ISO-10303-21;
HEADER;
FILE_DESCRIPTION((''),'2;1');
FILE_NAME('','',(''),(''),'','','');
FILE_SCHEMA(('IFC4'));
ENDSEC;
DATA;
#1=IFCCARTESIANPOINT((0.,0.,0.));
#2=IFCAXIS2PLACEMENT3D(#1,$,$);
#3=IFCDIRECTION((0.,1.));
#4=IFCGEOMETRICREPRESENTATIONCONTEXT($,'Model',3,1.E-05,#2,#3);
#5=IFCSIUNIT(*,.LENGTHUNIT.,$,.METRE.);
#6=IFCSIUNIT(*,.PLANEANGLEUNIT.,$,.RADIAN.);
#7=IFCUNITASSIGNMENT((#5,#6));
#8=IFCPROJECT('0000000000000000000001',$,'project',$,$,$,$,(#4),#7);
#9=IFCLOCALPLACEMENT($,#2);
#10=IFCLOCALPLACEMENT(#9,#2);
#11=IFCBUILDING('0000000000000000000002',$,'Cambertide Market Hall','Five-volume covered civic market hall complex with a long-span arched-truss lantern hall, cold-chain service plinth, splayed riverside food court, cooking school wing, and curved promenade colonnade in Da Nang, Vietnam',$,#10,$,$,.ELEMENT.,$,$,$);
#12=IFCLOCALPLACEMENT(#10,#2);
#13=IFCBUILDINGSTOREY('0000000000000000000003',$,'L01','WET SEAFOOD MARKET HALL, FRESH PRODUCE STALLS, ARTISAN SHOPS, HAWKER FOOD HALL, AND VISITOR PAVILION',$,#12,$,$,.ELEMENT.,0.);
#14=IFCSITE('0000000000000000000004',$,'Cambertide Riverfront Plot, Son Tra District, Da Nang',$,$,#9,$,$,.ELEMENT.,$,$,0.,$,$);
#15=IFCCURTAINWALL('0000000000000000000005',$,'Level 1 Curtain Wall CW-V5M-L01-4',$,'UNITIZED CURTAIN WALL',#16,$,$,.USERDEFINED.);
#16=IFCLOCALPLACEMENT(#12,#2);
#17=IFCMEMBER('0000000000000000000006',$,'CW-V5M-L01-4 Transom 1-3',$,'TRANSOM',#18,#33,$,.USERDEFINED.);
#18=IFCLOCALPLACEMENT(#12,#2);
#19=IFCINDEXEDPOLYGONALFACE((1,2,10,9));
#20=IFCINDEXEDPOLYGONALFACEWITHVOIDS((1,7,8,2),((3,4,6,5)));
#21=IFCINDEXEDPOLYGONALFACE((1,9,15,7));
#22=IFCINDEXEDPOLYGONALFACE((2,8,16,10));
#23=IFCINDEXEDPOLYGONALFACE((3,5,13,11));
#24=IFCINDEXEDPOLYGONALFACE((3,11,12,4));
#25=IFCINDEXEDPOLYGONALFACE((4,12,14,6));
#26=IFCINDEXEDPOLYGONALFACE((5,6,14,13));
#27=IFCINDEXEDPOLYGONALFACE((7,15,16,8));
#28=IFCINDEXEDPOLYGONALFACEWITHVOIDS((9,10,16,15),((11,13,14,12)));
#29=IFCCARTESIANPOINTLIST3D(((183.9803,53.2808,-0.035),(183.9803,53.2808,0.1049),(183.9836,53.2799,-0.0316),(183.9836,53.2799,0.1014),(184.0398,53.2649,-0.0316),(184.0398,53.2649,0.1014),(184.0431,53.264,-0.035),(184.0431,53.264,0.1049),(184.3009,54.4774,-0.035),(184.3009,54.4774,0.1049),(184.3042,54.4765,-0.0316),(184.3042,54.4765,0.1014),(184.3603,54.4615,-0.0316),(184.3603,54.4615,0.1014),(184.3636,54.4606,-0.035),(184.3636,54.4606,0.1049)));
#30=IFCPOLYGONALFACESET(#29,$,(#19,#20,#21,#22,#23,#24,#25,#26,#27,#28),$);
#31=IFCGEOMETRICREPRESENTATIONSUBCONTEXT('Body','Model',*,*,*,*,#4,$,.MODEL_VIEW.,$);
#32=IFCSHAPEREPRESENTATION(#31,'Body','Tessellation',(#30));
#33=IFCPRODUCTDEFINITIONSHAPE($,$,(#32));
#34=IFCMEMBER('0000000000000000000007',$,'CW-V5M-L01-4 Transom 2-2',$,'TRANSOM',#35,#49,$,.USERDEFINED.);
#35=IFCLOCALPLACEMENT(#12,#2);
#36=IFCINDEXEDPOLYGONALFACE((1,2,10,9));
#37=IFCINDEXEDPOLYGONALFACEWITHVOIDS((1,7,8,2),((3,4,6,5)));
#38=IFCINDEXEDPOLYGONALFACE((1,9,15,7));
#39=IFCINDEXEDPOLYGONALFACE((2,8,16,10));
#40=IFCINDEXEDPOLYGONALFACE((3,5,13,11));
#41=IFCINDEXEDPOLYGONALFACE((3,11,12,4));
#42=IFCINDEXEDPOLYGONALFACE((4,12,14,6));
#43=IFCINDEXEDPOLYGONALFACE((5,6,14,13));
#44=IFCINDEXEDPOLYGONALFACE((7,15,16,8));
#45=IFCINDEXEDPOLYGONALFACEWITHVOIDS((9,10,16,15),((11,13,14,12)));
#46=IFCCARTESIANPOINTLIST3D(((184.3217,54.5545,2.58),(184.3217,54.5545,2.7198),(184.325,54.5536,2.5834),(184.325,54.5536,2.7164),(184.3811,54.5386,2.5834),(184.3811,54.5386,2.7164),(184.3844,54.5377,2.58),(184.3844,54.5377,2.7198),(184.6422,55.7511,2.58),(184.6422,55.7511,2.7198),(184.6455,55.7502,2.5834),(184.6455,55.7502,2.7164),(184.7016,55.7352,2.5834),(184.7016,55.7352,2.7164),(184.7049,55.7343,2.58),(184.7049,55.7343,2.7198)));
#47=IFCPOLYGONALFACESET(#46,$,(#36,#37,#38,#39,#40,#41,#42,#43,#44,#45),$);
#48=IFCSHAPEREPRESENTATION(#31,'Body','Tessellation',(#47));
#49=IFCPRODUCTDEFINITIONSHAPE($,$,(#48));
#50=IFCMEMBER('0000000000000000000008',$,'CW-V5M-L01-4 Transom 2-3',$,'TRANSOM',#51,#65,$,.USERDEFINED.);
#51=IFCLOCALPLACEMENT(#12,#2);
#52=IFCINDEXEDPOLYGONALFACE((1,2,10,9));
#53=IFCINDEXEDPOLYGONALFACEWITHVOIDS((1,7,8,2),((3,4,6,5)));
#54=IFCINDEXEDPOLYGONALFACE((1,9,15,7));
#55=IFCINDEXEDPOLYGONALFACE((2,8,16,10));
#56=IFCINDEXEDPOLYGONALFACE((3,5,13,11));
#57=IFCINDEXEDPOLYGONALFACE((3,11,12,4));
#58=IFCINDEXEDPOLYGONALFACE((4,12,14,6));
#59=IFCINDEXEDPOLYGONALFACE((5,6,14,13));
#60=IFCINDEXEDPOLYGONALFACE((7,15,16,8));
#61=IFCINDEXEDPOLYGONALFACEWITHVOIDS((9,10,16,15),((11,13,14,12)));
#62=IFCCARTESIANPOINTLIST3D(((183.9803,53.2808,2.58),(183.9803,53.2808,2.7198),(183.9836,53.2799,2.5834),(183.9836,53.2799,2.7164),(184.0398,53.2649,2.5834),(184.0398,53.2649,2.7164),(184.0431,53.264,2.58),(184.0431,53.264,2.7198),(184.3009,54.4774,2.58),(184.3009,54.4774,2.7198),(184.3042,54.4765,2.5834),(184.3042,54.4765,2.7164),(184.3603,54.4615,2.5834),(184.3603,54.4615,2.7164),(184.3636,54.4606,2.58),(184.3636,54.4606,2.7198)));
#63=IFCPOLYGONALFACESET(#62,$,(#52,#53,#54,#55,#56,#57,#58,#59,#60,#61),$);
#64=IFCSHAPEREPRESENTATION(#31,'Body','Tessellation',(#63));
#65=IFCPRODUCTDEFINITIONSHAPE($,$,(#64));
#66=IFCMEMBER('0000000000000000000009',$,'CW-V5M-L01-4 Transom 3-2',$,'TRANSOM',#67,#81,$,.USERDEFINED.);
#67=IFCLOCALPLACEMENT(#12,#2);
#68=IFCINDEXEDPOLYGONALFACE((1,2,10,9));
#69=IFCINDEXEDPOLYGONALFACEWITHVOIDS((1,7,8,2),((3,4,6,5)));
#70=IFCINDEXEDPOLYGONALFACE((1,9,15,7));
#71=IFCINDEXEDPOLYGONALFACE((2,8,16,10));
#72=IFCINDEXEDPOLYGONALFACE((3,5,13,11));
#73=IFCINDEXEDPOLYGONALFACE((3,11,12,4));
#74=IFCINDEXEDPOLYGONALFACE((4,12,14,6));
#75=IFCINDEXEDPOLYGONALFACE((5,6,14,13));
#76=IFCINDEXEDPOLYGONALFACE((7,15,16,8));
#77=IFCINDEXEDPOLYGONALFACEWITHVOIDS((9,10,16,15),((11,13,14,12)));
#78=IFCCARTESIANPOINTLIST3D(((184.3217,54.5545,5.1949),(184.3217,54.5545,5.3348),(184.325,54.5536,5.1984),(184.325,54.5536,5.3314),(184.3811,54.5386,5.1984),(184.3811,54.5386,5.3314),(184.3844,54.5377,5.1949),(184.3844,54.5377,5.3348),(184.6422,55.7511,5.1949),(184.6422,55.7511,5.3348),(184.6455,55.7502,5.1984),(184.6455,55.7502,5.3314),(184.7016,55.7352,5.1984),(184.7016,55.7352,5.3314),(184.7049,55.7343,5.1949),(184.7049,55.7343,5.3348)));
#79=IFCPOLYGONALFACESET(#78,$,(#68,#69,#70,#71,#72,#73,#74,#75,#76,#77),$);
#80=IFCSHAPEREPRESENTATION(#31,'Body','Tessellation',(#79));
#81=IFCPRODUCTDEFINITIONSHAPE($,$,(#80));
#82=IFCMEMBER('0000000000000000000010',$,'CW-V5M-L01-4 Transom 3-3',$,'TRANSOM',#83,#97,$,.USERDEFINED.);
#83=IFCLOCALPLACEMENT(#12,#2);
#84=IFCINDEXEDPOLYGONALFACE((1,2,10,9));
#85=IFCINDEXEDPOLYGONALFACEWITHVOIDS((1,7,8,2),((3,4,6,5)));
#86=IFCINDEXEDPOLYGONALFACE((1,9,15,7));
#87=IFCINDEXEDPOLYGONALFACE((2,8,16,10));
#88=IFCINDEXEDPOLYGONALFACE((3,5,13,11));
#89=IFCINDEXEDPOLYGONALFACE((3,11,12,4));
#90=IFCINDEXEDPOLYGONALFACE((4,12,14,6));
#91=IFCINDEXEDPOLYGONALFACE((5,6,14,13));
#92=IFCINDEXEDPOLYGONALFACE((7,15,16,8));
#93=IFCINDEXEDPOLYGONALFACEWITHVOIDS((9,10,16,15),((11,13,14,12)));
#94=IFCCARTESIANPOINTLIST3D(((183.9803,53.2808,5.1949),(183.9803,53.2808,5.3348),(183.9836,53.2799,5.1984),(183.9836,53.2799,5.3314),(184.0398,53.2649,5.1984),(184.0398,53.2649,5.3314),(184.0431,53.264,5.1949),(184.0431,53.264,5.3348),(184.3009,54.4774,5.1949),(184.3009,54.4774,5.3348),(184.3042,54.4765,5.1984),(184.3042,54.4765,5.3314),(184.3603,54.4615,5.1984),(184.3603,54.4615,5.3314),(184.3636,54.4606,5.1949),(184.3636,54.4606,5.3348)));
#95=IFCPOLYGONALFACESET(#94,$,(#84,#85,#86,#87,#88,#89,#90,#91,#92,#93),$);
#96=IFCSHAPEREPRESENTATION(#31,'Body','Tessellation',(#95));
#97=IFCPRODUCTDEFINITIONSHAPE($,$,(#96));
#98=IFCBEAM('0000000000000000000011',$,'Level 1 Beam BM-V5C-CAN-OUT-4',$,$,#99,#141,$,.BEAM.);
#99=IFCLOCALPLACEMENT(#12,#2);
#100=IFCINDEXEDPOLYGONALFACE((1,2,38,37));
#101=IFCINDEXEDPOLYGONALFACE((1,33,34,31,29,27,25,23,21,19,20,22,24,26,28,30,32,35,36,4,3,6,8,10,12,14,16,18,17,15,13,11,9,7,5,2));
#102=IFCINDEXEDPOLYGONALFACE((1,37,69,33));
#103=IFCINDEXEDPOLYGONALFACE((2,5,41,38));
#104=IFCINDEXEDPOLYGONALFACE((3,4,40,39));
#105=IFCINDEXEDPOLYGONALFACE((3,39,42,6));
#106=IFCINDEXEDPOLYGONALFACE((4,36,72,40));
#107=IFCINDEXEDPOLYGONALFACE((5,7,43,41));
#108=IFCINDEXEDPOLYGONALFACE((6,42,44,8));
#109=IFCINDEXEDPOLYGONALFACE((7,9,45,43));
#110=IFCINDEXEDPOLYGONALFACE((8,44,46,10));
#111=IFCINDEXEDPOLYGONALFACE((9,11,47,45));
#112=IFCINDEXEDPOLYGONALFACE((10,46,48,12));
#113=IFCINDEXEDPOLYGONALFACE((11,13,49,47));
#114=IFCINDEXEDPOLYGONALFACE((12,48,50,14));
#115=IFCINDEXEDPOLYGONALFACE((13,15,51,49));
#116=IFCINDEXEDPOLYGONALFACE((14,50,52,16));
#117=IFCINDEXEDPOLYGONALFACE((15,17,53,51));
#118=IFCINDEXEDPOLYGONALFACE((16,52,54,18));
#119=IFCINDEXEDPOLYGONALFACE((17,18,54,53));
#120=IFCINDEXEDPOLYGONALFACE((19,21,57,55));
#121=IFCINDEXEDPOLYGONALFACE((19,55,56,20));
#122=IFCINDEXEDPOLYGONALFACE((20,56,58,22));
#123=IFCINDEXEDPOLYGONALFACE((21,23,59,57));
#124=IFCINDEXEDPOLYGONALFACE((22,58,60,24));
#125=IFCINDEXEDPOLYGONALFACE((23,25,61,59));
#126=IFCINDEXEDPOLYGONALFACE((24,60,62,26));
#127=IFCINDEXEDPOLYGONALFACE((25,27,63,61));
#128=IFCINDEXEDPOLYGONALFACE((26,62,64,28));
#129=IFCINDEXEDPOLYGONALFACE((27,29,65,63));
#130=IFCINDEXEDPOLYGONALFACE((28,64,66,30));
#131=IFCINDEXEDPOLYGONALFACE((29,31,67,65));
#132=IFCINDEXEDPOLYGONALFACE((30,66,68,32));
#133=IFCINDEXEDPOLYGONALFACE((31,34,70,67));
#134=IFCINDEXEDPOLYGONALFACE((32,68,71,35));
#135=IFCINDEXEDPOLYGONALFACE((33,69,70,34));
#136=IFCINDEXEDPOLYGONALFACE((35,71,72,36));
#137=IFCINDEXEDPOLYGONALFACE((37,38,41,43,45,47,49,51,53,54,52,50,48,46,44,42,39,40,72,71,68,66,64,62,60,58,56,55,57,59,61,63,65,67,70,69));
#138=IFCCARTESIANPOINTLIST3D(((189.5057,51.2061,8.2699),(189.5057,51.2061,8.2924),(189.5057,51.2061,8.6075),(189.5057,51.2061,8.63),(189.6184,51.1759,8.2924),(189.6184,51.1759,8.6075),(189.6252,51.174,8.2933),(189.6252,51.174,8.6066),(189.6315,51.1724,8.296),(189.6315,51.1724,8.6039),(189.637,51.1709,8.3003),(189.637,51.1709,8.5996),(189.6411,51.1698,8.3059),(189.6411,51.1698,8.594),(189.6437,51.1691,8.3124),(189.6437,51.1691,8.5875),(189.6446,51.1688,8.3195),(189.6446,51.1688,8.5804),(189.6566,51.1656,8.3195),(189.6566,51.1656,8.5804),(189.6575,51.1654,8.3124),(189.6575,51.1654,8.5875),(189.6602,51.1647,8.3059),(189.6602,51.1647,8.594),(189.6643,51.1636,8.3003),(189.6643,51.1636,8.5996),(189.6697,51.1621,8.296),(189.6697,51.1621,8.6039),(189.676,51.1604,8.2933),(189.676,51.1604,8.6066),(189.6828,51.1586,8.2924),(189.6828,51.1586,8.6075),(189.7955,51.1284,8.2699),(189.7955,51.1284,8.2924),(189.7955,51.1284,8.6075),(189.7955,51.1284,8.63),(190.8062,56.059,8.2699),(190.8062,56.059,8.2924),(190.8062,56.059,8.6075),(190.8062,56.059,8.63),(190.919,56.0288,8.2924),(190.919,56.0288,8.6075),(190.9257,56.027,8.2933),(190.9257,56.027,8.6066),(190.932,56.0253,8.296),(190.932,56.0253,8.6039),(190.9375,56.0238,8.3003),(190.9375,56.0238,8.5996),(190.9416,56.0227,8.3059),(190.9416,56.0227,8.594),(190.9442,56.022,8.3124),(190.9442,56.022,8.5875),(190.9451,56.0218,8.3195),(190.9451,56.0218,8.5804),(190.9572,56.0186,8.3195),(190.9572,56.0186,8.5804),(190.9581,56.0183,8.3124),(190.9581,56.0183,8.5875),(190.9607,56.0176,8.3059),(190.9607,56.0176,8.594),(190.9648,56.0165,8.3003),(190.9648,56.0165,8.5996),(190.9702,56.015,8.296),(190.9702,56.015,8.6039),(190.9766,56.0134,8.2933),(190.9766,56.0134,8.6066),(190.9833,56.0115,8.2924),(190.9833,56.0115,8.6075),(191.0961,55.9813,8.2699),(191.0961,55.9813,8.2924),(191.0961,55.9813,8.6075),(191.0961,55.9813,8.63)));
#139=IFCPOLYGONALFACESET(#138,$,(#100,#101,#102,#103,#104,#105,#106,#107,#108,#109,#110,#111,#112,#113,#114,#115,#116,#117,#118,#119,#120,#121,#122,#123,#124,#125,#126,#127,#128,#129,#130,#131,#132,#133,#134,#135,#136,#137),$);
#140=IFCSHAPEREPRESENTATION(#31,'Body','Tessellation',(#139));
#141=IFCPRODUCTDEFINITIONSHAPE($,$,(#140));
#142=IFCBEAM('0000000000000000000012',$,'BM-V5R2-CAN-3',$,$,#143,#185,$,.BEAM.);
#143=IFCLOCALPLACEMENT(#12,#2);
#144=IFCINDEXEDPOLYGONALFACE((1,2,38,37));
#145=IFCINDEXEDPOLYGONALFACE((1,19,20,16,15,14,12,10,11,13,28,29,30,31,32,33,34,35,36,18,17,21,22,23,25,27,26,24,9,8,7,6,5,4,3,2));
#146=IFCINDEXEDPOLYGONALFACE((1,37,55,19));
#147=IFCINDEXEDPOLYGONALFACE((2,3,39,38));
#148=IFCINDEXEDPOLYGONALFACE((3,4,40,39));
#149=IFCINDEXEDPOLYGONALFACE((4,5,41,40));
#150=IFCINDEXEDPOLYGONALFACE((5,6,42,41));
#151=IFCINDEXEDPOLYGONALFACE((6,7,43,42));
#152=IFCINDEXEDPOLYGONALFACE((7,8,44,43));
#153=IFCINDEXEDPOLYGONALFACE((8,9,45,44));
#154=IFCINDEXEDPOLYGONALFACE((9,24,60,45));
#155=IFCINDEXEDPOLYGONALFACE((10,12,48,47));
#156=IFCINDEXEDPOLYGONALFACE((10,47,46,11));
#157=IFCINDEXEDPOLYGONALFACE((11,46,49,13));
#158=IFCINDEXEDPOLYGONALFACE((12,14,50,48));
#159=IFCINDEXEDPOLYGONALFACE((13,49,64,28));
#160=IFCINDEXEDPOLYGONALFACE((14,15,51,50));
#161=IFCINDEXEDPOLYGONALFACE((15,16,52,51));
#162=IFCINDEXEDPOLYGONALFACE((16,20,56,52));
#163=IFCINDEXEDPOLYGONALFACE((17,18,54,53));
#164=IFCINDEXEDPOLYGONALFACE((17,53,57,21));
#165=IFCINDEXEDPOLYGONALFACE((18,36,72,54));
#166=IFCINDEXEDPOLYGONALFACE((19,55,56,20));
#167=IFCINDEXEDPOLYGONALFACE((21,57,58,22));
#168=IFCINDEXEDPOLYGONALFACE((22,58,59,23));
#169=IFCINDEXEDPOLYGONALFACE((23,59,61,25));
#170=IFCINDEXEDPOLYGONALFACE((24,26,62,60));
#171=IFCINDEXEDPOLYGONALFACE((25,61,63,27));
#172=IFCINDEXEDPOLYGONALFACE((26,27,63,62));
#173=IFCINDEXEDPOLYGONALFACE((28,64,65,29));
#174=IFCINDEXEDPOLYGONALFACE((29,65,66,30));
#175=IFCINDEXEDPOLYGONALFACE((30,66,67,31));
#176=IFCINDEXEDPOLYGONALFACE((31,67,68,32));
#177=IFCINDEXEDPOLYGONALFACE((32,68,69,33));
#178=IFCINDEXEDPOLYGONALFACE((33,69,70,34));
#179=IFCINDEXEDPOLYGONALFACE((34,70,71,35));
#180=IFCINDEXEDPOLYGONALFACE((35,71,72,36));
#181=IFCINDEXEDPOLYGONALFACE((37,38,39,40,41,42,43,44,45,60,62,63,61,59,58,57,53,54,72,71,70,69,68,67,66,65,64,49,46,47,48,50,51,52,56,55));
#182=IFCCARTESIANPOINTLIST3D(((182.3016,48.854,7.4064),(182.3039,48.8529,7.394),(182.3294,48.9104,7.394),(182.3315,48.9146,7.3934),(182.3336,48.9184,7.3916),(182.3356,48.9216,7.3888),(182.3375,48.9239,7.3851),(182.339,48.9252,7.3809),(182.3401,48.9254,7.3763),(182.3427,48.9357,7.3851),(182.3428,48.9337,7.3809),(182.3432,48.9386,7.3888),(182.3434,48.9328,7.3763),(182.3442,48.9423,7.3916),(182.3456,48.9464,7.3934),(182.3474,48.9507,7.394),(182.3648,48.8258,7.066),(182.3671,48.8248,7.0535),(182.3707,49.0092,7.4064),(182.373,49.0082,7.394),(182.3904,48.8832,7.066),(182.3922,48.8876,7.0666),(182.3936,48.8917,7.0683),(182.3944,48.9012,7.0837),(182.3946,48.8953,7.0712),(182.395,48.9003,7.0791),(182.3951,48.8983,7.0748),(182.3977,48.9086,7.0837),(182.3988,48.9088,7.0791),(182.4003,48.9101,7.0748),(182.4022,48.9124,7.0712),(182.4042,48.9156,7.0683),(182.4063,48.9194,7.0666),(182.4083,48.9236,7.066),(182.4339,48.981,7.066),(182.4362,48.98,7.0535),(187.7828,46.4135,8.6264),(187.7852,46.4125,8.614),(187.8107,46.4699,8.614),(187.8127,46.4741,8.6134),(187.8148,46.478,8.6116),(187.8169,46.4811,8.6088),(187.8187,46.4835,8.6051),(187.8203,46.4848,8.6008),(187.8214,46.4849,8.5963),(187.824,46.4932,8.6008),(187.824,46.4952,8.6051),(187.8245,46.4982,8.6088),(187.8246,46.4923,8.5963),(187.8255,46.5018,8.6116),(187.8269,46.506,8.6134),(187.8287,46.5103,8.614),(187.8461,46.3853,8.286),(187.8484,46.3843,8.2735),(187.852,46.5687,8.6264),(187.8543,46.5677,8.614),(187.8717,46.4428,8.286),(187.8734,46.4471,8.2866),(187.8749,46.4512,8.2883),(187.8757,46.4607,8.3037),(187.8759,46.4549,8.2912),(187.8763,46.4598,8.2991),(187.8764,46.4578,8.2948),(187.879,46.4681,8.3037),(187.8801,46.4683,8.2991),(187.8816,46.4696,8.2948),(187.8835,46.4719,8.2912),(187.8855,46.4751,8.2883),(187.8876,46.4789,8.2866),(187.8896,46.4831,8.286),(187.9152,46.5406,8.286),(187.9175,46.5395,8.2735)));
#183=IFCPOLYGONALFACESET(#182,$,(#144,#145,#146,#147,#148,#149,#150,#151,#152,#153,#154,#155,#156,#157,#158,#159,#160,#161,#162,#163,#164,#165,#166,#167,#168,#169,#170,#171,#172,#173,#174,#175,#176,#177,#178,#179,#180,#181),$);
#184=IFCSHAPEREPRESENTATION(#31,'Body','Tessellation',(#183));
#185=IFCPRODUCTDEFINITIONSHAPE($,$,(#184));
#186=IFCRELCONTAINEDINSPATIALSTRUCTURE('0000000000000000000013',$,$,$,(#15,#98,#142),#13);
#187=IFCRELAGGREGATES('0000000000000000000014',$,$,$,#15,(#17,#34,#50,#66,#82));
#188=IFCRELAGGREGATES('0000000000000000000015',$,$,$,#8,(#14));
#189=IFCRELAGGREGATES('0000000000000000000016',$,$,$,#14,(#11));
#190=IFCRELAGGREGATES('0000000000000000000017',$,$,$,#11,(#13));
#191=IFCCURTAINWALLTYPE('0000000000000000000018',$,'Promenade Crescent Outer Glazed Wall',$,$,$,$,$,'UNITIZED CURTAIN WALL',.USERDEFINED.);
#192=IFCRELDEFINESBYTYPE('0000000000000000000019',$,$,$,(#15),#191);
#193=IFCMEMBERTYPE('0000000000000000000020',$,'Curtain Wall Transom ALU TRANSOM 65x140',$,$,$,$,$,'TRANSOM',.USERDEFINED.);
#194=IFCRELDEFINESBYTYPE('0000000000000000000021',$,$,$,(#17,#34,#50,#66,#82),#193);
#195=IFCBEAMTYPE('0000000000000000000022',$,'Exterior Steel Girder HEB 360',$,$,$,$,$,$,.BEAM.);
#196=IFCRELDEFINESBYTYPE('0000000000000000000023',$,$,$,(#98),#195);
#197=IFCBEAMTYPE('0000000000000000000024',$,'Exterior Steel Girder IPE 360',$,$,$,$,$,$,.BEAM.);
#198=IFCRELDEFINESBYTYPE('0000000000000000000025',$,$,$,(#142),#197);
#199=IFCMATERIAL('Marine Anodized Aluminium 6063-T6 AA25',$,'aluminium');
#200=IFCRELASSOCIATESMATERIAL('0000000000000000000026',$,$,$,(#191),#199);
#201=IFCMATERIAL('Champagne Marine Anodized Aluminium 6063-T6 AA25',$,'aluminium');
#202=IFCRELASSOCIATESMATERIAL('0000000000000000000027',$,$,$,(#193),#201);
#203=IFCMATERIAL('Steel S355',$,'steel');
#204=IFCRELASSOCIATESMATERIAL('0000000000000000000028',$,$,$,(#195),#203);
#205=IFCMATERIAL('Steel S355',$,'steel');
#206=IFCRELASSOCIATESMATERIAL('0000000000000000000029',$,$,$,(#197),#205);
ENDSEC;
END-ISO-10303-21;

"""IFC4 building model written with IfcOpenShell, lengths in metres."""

from ifc_helpers import new_model, si_unit, direction, frame, origin, origin_2d, place, context, subcontext, project, spatial, hollow_rectangle, i_section, extrude, material, material_profile, profile_set, type_object, element, aggregate, save


model = new_model("IFC4")

# Units and contexts
model_context = context("Model", 3, precision=1e-05, world=origin(), true_north=direction((0.0, 1.0)))
body_context = subcontext(model_context, "Body", "Model", "MODEL_VIEW")
ifc_project = project(units=[si_unit("LENGTHUNIT", "METRE"), si_unit("PLANEANGLEUNIT", "RADIAN")], contexts=[model_context])

# Site, building, storey
site_placement = place(None, origin())
site = spatial("IfcSite", under=ifc_project, at=site_placement, Name="Cambertide Riverfront Plot, Son Tra District, Da Nang", CompositionType="ELEMENT", RefElevation=0.0)
building_placement = place(site_placement, origin())
building = spatial("IfcBuilding", under=site, at=building_placement, Name="Cambertide Market Hall", Description="Five-volume covered civic market hall complex with a long-span arched-truss lantern hall, cold-chain service plinth, splayed riverside food court, cooking school wing, and curved promenade colonnade in Da Nang, Vietnam", CompositionType="ELEMENT")
storey_placement = place(building_placement, origin())
storey = spatial("IfcBuildingStorey", under=building, at=storey_placement, Name="L01", Description="WET SEAFOOD MARKET HALL, FRESH PRODUCE STALLS, ARTISAN SHOPS, HAWKER FOOD HALL, AND VISITOR PAVILION", CompositionType="ELEMENT", Elevation=0.0)

# Curtain wall, members
ifc_material_1 = material(Name="Marine Anodized Aluminium 6063-T6 AA25", Category="aluminium")
curtain_wall_type = type_object("IfcCurtainWallType", Name="Promenade Crescent Outer Glazed Wall", ElementType="UNITIZED CURTAIN WALL", PredefinedType="USERDEFINED", material=ifc_material_1)
curtain_wall_placement = place(storey_placement, origin())
curtain_wall = element("IfcCurtainWall", 1, at=curtain_wall_placement, inside=storey, type_object=curtain_wall_type, Name="Level 1 Curtain Wall CW-V5M-L01-4", ObjectType="UNITIZED CURTAIN WALL", PredefinedType="USERDEFINED")
ifc_material_2 = material(Name="Champagne Marine Anodized Aluminium 6063-T6 AA25", Category="aluminium")
ifc_material_profile_1 = material_profile(ifc_material_2, hollow_rectangle(XDim=0.0649, YDim=0.1399, WallThickness=0.0034, at=origin_2d()), Name="ALU TRANSOM 65x140")
ifc_profile_set_1 = profile_set([ifc_material_profile_1], Name="Champagne Marine Anodized Aluminium 6063-T6 AA25")
member_type_1 = type_object("IfcMemberType", Name="Curtain Wall Transom ALU TRANSOM 65x140", ElementType="TRANSOM", PredefinedType="USERDEFINED", material=ifc_profile_set_1)
member_1_placement = place(storey_placement, frame((184.3323, 54.469, 0.0349), z_axis=(-0.258779, -0.965937, 0.0), x_axis=(0.965937, -0.258779, 0.0)))
member_1 = element("IfcMember", 2, at=member_1_placement, type_object=member_type_1, Name="CW-V5M-L01-4 Transom 1-3", ObjectType="TRANSOM", PredefinedType="USERDEFINED", context=body_context, shape_type="SweptSolid", body=[
    extrude(hollow_rectangle(XDim=0.0649, YDim=0.1399, WallThickness=0.0034, at=origin_2d()), origin(), (0.0, 0.0, 1.0), 1.2388),
])
member_2_placement = place(storey_placement, frame((184.6736, 55.7427, 2.6499), z_axis=(-0.258779, -0.965937, 0.0), x_axis=(0.965937, -0.258779, 0.0)))
member_2 = element("IfcMember", 3, at=member_2_placement, type_object=member_type_1, Name="CW-V5M-L01-4 Transom 2-2", ObjectType="TRANSOM", PredefinedType="USERDEFINED", context=body_context, shape_type="SweptSolid", body=[
    extrude(hollow_rectangle(XDim=0.0649, YDim=0.1399, WallThickness=0.0034, at=origin_2d()), origin(), (0.0, 0.0, 1.0), 1.2388),
])
member_3_placement = place(storey_placement, frame((184.3323, 54.469, 2.6499), z_axis=(-0.258779, -0.965937, 0.0), x_axis=(0.965937, -0.258779, 0.0)))
member_3 = element("IfcMember", 4, at=member_3_placement, type_object=member_type_1, Name="CW-V5M-L01-4 Transom 2-3", ObjectType="TRANSOM", PredefinedType="USERDEFINED", context=body_context, shape_type="SweptSolid", body=[
    extrude(hollow_rectangle(XDim=0.0649, YDim=0.1399, WallThickness=0.0034, at=origin_2d()), origin(), (0.0, 0.0, 1.0), 1.2388),
])
member_4_placement = place(storey_placement, frame((184.6736, 55.7427, 5.2649), z_axis=(-0.258779, -0.965937, 0.0), x_axis=(0.965937, -0.258779, 0.0)))
member_4 = element("IfcMember", 5, at=member_4_placement, type_object=member_type_1, Name="CW-V5M-L01-4 Transom 3-2", ObjectType="TRANSOM", PredefinedType="USERDEFINED", context=body_context, shape_type="SweptSolid", body=[
    extrude(hollow_rectangle(XDim=0.0649, YDim=0.1399, WallThickness=0.0034, at=origin_2d()), origin(), (0.0, 0.0, 1.0), 1.2388),
])
member_5_placement = place(storey_placement, frame((184.3323, 54.469, 5.2649), z_axis=(-0.258779, -0.965937, 0.0), x_axis=(0.965937, -0.258779, 0.0)))
member_5 = element("IfcMember", 6, at=member_5_placement, type_object=member_type_1, Name="CW-V5M-L01-4 Transom 3-3", ObjectType="TRANSOM", PredefinedType="USERDEFINED", context=body_context, shape_type="SweptSolid", body=[
    extrude(hollow_rectangle(XDim=0.0649, YDim=0.1399, WallThickness=0.0034, at=origin_2d()), origin(), (0.0, 0.0, 1.0), 1.2388),
])

# Beams
ifc_material_3 = material(Name="Steel S355", Category="steel")
ifc_material_profile_2 = material_profile(ifc_material_3, i_section(OverallWidth=0.3, OverallDepth=0.3601, WebThickness=0.0125, FlangeThickness=0.0225, FilletRadius=0.0271, at=origin_2d()), Name="HEB 360")
ifc_profile_set_2 = profile_set([ifc_material_profile_2], Name="Steel S355")
beam_type_1 = type_object("IfcBeamType", Name="Exterior Steel Girder HEB 360", PredefinedType="BEAM", material=ifc_profile_set_2)
beam_1_placement = place(storey_placement, frame((189.6506, 51.1672, 8.45), z_axis=(0.258851, 0.965917, 0.0), x_axis=(-0.965917, 0.258851, 0.0)))
element("IfcBeam", 7, at=beam_1_placement, inside=storey, type_object=beam_type_1, Name="Level 1 Beam BM-V5C-CAN-OUT-4", PredefinedType="BEAM", context=body_context, shape_type="SweptSolid", body=[
    extrude(i_section(OverallWidth=0.3, OverallDepth=0.3601, WebThickness=0.0125, FlangeThickness=0.0225, FilletRadius=0.0271, at=origin_2d()), origin(), (0.0, 0.0, 1.0), 5.0242),
])
ifc_material_4 = material(Name="Steel S355", Category="steel")
ifc_material_profile_3 = material_profile(ifc_material_4, i_section(OverallWidth=0.1699, OverallDepth=0.3601, WebThickness=0.0081, FlangeThickness=0.0127, FilletRadius=0.0181, at=origin_2d()), Name="IPE 360")
ifc_profile_set_3 = profile_set([ifc_material_profile_3], Name="Steel S355")
beam_type_2 = type_object("IfcBeamType", Name="Exterior Steel Girder IPE 360", PredefinedType="BEAM", material=ifc_profile_set_3)
for number, where, z_axis, x_axis, name in (
    (8, (182.3689, 48.917, 7.23), (0.895225, -0.398586, 0.199253), (0.406742, 0.913543, 0.0), "BM-V5R2-CAN-3"),
):
    element("IfcBeam", number, at=place(storey_placement, frame(where, z_axis=z_axis, x_axis=x_axis)), inside=storey, type_object=beam_type_2, Name=name, PredefinedType="BEAM", context=body_context, shape_type="SweptSolid", body=[
        extrude(i_section(OverallWidth=0.1699, OverallDepth=0.3601, WebThickness=0.0081, FlangeThickness=0.0127, FilletRadius=0.0181, at=origin_2d()), origin(), (0.0, 0.0, 1.0), 6.1228),
    ])

aggregate(curtain_wall, [member_1, member_2, member_3, member_4, member_5])

save(model, "model.ifc")
